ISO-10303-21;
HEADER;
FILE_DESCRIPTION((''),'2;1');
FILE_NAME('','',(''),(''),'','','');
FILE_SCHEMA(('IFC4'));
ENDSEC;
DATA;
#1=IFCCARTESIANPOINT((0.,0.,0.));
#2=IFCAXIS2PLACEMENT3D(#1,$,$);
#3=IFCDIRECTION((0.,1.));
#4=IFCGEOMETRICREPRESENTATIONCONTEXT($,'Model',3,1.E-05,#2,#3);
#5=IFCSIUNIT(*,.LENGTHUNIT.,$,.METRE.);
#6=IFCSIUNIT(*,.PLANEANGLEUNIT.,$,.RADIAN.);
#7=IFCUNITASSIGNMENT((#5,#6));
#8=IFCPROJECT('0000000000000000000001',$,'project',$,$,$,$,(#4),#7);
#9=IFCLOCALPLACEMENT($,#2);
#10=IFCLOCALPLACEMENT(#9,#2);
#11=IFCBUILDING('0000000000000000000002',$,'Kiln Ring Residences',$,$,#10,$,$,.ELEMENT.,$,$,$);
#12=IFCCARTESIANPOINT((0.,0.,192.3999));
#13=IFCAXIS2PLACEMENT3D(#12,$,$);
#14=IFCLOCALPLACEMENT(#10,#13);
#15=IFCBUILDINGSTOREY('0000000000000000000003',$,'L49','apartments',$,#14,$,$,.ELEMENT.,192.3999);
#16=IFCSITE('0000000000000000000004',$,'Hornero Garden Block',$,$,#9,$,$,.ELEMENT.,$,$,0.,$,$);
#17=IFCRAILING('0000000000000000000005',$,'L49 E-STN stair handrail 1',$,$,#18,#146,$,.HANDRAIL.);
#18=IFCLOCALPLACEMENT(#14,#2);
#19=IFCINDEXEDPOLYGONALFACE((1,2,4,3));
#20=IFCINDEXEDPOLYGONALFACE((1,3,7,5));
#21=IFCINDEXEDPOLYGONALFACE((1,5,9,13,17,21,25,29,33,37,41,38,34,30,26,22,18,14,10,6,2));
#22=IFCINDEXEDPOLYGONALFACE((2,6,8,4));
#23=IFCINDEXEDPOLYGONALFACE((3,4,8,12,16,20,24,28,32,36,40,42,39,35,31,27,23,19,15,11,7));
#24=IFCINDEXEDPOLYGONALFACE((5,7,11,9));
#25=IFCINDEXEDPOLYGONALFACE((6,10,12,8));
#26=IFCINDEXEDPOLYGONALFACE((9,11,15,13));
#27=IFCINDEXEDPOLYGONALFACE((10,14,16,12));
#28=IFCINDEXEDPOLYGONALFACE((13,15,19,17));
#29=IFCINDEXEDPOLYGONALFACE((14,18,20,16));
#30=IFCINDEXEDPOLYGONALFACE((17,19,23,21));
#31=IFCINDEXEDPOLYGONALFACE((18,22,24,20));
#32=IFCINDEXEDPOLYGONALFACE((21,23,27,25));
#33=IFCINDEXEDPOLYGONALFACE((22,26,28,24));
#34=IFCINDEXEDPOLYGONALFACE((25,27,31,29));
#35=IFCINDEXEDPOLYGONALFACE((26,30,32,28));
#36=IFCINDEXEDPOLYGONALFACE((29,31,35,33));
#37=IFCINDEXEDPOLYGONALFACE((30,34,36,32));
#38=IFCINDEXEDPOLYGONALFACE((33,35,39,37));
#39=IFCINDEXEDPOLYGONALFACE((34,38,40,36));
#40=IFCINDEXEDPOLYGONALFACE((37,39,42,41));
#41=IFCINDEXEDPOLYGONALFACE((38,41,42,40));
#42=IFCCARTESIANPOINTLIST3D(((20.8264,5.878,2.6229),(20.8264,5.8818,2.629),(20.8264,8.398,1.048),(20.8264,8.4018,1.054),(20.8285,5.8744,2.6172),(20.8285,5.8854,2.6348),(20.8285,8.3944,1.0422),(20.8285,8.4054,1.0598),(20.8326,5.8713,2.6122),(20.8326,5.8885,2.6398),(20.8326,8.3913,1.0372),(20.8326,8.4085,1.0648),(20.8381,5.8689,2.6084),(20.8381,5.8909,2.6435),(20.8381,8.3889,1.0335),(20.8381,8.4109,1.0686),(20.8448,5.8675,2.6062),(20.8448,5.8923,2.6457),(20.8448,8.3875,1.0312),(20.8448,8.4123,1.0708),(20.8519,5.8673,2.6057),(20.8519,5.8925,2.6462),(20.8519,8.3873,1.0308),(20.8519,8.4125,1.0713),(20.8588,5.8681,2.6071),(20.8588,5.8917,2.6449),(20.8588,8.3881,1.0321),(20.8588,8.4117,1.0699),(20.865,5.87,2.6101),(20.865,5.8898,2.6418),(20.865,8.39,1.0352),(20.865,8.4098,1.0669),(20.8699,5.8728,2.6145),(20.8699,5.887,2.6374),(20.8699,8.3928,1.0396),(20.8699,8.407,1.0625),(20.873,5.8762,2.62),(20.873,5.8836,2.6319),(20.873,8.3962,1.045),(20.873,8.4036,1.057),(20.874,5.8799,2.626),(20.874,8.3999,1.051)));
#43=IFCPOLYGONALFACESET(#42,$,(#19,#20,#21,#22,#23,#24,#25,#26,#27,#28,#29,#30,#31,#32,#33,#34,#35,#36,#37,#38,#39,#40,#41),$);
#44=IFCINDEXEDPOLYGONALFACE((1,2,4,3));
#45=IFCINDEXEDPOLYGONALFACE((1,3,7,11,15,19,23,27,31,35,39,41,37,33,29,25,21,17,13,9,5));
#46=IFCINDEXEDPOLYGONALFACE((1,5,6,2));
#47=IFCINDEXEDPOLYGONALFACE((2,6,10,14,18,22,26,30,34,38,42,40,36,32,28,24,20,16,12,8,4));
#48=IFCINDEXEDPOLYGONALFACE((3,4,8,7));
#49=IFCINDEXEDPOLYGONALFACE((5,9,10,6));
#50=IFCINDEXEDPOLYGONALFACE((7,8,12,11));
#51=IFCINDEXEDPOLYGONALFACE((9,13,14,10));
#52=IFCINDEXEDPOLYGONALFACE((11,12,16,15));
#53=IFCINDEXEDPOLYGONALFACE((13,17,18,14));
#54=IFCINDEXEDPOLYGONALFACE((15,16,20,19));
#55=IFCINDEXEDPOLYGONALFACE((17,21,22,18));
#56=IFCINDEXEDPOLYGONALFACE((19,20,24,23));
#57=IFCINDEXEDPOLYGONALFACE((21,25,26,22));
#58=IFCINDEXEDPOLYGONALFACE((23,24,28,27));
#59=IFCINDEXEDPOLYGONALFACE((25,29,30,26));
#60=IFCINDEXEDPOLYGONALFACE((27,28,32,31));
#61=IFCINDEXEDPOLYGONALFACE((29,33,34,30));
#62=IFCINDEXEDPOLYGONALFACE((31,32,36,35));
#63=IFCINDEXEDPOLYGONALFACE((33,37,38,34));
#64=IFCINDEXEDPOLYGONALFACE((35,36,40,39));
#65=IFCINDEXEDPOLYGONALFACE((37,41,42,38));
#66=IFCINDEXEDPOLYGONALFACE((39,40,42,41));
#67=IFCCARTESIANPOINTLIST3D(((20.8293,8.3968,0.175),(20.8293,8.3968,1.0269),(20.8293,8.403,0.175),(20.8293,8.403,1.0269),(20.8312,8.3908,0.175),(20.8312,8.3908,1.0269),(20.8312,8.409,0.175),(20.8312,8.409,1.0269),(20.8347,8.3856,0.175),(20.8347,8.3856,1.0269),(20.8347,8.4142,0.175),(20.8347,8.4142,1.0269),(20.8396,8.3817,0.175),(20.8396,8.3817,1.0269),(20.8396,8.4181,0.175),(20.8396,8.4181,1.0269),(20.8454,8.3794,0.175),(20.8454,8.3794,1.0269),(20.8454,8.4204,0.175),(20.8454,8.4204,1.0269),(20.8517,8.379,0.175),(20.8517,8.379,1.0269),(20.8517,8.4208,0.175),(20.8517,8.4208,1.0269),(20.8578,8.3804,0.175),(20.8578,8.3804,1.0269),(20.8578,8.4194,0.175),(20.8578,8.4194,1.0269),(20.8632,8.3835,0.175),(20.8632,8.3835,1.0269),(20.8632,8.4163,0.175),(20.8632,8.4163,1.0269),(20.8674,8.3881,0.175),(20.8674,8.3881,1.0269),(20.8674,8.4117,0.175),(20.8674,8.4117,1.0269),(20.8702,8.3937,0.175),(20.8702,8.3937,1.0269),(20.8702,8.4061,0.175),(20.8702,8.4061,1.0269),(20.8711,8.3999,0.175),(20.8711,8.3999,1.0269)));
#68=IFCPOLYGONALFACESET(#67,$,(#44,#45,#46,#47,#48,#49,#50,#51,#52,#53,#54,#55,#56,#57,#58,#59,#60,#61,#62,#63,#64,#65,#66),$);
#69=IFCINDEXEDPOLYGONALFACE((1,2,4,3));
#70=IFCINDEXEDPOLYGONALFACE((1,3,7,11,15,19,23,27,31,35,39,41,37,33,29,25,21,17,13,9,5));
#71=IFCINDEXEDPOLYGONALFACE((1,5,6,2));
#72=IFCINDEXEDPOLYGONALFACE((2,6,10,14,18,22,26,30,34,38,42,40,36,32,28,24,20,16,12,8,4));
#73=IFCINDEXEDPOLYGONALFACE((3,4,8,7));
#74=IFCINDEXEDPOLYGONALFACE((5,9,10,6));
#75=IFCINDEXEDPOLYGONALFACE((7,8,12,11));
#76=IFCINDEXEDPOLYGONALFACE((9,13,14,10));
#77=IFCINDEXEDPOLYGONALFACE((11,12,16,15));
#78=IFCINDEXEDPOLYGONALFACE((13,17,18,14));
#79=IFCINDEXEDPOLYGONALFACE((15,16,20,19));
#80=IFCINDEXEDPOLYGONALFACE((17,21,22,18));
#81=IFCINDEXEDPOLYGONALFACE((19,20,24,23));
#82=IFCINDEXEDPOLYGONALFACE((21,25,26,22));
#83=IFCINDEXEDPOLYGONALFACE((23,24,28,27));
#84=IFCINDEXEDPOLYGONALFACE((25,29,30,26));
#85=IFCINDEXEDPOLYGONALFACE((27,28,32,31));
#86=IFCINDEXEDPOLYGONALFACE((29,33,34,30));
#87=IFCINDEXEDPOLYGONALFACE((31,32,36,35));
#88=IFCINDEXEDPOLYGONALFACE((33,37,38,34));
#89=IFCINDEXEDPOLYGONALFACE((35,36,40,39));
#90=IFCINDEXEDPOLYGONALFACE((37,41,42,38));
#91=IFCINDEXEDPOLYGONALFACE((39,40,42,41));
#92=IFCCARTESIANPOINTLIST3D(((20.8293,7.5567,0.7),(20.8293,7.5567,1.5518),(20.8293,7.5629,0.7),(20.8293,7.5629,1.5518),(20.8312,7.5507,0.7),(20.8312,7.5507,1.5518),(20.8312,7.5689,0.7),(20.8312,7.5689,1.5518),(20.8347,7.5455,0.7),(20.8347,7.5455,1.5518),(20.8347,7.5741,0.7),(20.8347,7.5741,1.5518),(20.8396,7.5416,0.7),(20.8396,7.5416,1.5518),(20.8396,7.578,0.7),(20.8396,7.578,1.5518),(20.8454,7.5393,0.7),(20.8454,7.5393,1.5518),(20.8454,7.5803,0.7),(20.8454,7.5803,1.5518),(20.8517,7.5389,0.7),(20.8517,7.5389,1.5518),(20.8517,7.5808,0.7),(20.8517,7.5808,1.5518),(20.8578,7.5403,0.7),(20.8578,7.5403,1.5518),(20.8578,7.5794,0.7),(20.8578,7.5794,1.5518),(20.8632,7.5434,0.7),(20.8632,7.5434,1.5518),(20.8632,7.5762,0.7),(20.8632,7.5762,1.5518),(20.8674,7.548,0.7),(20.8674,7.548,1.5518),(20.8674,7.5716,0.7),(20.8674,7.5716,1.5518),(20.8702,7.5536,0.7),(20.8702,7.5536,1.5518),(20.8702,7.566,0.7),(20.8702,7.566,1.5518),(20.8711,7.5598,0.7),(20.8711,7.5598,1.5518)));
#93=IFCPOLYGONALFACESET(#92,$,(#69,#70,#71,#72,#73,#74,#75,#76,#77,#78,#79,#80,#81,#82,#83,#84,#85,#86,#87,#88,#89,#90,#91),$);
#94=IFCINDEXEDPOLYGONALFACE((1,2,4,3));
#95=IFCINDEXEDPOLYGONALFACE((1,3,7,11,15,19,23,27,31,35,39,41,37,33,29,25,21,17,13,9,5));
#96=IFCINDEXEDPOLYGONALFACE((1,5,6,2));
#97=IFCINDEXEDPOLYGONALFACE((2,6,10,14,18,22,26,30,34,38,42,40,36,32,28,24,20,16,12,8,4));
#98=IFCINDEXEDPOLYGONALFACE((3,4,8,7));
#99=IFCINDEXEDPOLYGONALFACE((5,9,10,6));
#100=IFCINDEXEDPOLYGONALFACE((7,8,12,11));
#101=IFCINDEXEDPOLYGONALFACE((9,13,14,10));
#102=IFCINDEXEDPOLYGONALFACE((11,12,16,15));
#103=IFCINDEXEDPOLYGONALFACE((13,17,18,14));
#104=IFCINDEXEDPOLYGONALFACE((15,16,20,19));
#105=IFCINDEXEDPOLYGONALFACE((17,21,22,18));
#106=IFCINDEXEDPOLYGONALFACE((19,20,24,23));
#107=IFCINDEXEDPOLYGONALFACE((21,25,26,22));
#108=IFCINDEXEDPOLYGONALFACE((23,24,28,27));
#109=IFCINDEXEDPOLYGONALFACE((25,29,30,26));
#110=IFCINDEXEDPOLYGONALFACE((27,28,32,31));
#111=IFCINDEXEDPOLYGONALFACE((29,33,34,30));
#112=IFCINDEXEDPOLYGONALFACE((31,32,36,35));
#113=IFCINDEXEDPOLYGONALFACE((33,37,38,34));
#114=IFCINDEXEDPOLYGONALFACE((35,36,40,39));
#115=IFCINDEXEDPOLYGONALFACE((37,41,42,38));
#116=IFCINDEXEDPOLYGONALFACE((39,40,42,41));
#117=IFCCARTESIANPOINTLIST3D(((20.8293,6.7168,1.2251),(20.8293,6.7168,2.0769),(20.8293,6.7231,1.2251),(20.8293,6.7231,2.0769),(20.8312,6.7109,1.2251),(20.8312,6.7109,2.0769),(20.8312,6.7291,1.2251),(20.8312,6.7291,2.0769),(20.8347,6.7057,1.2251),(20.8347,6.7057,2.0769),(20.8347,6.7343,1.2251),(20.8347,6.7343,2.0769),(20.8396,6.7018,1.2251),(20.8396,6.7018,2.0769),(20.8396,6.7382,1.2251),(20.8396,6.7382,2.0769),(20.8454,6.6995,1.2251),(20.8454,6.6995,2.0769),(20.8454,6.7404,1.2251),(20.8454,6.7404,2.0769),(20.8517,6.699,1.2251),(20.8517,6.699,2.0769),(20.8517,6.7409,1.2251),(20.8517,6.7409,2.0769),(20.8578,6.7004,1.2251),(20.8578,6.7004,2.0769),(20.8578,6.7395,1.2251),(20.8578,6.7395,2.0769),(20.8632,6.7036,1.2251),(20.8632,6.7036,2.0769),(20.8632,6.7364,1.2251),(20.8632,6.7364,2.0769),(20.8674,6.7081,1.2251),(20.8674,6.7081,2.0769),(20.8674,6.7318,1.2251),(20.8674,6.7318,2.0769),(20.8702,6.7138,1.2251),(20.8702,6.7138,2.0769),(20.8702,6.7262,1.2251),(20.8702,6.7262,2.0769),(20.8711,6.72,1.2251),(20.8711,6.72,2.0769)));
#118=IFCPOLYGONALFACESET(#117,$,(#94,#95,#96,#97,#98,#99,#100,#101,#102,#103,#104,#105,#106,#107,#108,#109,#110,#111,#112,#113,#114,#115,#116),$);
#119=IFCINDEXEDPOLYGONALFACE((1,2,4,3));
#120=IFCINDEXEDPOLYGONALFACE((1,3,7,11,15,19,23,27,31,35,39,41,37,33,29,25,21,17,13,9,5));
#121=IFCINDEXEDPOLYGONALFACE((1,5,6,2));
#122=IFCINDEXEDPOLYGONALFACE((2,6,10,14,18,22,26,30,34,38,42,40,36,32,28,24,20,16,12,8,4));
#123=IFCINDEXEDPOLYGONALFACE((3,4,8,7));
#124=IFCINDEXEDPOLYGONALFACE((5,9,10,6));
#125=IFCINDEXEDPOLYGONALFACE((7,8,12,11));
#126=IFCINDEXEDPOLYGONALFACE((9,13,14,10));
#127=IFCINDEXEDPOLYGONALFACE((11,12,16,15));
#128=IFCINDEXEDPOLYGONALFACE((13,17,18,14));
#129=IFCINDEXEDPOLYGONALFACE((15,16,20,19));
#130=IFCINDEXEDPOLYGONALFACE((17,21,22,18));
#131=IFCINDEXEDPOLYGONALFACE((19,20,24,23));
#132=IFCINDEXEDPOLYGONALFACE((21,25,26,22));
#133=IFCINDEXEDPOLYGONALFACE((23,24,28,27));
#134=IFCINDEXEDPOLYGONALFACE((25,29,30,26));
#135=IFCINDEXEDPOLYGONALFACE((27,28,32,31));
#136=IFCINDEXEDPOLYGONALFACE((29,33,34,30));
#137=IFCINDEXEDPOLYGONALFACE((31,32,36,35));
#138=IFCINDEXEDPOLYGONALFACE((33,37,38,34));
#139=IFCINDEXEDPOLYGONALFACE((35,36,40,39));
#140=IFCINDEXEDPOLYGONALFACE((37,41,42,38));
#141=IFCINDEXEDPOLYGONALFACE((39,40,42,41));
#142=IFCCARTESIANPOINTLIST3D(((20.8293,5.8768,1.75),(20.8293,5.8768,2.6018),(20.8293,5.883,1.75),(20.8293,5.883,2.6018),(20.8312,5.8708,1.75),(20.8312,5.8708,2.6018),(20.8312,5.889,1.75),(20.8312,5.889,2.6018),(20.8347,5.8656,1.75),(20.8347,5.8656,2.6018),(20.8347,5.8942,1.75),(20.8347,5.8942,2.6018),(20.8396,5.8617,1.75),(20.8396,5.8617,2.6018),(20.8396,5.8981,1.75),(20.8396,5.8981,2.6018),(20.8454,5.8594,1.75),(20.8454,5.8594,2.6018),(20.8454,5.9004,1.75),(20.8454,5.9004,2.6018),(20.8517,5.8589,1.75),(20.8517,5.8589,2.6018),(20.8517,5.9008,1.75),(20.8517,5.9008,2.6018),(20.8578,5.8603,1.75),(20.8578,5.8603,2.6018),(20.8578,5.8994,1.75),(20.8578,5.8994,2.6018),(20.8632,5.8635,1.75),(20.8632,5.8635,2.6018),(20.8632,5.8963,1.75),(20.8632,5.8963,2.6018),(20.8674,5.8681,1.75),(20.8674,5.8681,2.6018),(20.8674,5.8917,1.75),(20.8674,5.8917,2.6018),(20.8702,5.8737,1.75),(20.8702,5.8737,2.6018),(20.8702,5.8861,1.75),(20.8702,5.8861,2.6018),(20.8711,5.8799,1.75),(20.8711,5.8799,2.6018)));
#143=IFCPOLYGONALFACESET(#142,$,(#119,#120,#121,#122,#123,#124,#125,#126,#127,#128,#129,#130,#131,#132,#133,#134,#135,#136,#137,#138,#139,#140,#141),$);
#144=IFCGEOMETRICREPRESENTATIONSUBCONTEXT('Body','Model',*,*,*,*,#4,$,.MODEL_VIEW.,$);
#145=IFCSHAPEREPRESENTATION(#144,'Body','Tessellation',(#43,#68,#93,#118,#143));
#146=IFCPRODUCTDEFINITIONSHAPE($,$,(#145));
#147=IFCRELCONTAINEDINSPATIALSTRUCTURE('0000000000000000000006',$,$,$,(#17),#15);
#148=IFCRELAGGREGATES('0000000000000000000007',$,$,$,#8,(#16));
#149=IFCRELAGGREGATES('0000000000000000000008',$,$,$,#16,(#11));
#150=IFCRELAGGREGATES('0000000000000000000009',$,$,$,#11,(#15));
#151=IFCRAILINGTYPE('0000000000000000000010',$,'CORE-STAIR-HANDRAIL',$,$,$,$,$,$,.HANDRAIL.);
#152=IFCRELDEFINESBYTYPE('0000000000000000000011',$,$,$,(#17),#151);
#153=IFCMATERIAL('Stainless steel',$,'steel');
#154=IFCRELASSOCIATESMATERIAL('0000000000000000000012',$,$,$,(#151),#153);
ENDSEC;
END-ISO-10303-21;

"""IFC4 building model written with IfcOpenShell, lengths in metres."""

from ifc_helpers import new_model, si_unit, direction, frame, origin, origin_2d, place, context, subcontext, project, spatial, circle, extrude, material, type_object, element, save


model = new_model("IFC4")

# Units and contexts
model_context = context("Model", 3, precision=1e-05, world=origin(), true_north=direction((0.0, 1.0)))
body_context = subcontext(model_context, "Body", "Model", "MODEL_VIEW")
ifc_project = project(units=[si_unit("LENGTHUNIT", "METRE"), si_unit("PLANEANGLEUNIT", "RADIAN")], contexts=[model_context])

# Site, building, storey
site_placement = place(None, origin())
site = spatial("IfcSite", under=ifc_project, at=site_placement, Name="Hornero Garden Block", CompositionType="ELEMENT", RefElevation=0.0)
building_placement = place(site_placement, origin())
building = spatial("IfcBuilding", under=site, at=building_placement, Name="Kiln Ring Residences", CompositionType="ELEMENT")
storey_placement = place(building_placement, frame((0.0, 0.0, 192.3999)))
storey = spatial("IfcBuildingStorey", under=building, at=storey_placement, Name="L49", Description="apartments", CompositionType="ELEMENT", Elevation=192.3999)

# Railing
ifc_material_1 = material(Name="Stainless steel", Category="steel")
railing_type_1 = type_object("IfcRailingType", Name="CORE-STAIR-HANDRAIL", PredefinedType="HANDRAIL", material=ifc_material_1)
railing_1_placement = place(storey_placement, frame((20.8501, 8.3999, 0.175)))
element("IfcRailing", 1, at=railing_1_placement, inside=storey, type_object=railing_type_1, Name="L49 E-STN stair handrail 1", PredefinedType="HANDRAIL", context=body_context, shape_type="SweptSolid", body=[
    extrude(circle(Radius=0.0239, at=origin_2d()), frame((0.0, 0.0, 0.876), z_axis=(0.0, -0.848008, 0.529984), x_axis=(1.0, 0.0, 0.0)), (0.0, 0.0, 1.0), 2.9717),
    extrude(circle(Radius=0.021, at=origin_2d()), origin(), (0.0, 0.0, 1.0), 0.8518),
    extrude(circle(Radius=0.021, at=origin_2d()), frame((0.0, -0.8401, 0.5249)), (0.0, 0.0, 1.0), 0.8518),
    extrude(circle(Radius=0.021, at=origin_2d()), frame((0.0, -1.6799, 1.05)), (0.0, 0.0, 1.0), 0.8518),
    extrude(circle(Radius=0.021, at=origin_2d()), frame((0.0, -2.52, 1.575)), (0.0, 0.0, 1.0), 0.8518),
])

save(model, "model.ifc")
